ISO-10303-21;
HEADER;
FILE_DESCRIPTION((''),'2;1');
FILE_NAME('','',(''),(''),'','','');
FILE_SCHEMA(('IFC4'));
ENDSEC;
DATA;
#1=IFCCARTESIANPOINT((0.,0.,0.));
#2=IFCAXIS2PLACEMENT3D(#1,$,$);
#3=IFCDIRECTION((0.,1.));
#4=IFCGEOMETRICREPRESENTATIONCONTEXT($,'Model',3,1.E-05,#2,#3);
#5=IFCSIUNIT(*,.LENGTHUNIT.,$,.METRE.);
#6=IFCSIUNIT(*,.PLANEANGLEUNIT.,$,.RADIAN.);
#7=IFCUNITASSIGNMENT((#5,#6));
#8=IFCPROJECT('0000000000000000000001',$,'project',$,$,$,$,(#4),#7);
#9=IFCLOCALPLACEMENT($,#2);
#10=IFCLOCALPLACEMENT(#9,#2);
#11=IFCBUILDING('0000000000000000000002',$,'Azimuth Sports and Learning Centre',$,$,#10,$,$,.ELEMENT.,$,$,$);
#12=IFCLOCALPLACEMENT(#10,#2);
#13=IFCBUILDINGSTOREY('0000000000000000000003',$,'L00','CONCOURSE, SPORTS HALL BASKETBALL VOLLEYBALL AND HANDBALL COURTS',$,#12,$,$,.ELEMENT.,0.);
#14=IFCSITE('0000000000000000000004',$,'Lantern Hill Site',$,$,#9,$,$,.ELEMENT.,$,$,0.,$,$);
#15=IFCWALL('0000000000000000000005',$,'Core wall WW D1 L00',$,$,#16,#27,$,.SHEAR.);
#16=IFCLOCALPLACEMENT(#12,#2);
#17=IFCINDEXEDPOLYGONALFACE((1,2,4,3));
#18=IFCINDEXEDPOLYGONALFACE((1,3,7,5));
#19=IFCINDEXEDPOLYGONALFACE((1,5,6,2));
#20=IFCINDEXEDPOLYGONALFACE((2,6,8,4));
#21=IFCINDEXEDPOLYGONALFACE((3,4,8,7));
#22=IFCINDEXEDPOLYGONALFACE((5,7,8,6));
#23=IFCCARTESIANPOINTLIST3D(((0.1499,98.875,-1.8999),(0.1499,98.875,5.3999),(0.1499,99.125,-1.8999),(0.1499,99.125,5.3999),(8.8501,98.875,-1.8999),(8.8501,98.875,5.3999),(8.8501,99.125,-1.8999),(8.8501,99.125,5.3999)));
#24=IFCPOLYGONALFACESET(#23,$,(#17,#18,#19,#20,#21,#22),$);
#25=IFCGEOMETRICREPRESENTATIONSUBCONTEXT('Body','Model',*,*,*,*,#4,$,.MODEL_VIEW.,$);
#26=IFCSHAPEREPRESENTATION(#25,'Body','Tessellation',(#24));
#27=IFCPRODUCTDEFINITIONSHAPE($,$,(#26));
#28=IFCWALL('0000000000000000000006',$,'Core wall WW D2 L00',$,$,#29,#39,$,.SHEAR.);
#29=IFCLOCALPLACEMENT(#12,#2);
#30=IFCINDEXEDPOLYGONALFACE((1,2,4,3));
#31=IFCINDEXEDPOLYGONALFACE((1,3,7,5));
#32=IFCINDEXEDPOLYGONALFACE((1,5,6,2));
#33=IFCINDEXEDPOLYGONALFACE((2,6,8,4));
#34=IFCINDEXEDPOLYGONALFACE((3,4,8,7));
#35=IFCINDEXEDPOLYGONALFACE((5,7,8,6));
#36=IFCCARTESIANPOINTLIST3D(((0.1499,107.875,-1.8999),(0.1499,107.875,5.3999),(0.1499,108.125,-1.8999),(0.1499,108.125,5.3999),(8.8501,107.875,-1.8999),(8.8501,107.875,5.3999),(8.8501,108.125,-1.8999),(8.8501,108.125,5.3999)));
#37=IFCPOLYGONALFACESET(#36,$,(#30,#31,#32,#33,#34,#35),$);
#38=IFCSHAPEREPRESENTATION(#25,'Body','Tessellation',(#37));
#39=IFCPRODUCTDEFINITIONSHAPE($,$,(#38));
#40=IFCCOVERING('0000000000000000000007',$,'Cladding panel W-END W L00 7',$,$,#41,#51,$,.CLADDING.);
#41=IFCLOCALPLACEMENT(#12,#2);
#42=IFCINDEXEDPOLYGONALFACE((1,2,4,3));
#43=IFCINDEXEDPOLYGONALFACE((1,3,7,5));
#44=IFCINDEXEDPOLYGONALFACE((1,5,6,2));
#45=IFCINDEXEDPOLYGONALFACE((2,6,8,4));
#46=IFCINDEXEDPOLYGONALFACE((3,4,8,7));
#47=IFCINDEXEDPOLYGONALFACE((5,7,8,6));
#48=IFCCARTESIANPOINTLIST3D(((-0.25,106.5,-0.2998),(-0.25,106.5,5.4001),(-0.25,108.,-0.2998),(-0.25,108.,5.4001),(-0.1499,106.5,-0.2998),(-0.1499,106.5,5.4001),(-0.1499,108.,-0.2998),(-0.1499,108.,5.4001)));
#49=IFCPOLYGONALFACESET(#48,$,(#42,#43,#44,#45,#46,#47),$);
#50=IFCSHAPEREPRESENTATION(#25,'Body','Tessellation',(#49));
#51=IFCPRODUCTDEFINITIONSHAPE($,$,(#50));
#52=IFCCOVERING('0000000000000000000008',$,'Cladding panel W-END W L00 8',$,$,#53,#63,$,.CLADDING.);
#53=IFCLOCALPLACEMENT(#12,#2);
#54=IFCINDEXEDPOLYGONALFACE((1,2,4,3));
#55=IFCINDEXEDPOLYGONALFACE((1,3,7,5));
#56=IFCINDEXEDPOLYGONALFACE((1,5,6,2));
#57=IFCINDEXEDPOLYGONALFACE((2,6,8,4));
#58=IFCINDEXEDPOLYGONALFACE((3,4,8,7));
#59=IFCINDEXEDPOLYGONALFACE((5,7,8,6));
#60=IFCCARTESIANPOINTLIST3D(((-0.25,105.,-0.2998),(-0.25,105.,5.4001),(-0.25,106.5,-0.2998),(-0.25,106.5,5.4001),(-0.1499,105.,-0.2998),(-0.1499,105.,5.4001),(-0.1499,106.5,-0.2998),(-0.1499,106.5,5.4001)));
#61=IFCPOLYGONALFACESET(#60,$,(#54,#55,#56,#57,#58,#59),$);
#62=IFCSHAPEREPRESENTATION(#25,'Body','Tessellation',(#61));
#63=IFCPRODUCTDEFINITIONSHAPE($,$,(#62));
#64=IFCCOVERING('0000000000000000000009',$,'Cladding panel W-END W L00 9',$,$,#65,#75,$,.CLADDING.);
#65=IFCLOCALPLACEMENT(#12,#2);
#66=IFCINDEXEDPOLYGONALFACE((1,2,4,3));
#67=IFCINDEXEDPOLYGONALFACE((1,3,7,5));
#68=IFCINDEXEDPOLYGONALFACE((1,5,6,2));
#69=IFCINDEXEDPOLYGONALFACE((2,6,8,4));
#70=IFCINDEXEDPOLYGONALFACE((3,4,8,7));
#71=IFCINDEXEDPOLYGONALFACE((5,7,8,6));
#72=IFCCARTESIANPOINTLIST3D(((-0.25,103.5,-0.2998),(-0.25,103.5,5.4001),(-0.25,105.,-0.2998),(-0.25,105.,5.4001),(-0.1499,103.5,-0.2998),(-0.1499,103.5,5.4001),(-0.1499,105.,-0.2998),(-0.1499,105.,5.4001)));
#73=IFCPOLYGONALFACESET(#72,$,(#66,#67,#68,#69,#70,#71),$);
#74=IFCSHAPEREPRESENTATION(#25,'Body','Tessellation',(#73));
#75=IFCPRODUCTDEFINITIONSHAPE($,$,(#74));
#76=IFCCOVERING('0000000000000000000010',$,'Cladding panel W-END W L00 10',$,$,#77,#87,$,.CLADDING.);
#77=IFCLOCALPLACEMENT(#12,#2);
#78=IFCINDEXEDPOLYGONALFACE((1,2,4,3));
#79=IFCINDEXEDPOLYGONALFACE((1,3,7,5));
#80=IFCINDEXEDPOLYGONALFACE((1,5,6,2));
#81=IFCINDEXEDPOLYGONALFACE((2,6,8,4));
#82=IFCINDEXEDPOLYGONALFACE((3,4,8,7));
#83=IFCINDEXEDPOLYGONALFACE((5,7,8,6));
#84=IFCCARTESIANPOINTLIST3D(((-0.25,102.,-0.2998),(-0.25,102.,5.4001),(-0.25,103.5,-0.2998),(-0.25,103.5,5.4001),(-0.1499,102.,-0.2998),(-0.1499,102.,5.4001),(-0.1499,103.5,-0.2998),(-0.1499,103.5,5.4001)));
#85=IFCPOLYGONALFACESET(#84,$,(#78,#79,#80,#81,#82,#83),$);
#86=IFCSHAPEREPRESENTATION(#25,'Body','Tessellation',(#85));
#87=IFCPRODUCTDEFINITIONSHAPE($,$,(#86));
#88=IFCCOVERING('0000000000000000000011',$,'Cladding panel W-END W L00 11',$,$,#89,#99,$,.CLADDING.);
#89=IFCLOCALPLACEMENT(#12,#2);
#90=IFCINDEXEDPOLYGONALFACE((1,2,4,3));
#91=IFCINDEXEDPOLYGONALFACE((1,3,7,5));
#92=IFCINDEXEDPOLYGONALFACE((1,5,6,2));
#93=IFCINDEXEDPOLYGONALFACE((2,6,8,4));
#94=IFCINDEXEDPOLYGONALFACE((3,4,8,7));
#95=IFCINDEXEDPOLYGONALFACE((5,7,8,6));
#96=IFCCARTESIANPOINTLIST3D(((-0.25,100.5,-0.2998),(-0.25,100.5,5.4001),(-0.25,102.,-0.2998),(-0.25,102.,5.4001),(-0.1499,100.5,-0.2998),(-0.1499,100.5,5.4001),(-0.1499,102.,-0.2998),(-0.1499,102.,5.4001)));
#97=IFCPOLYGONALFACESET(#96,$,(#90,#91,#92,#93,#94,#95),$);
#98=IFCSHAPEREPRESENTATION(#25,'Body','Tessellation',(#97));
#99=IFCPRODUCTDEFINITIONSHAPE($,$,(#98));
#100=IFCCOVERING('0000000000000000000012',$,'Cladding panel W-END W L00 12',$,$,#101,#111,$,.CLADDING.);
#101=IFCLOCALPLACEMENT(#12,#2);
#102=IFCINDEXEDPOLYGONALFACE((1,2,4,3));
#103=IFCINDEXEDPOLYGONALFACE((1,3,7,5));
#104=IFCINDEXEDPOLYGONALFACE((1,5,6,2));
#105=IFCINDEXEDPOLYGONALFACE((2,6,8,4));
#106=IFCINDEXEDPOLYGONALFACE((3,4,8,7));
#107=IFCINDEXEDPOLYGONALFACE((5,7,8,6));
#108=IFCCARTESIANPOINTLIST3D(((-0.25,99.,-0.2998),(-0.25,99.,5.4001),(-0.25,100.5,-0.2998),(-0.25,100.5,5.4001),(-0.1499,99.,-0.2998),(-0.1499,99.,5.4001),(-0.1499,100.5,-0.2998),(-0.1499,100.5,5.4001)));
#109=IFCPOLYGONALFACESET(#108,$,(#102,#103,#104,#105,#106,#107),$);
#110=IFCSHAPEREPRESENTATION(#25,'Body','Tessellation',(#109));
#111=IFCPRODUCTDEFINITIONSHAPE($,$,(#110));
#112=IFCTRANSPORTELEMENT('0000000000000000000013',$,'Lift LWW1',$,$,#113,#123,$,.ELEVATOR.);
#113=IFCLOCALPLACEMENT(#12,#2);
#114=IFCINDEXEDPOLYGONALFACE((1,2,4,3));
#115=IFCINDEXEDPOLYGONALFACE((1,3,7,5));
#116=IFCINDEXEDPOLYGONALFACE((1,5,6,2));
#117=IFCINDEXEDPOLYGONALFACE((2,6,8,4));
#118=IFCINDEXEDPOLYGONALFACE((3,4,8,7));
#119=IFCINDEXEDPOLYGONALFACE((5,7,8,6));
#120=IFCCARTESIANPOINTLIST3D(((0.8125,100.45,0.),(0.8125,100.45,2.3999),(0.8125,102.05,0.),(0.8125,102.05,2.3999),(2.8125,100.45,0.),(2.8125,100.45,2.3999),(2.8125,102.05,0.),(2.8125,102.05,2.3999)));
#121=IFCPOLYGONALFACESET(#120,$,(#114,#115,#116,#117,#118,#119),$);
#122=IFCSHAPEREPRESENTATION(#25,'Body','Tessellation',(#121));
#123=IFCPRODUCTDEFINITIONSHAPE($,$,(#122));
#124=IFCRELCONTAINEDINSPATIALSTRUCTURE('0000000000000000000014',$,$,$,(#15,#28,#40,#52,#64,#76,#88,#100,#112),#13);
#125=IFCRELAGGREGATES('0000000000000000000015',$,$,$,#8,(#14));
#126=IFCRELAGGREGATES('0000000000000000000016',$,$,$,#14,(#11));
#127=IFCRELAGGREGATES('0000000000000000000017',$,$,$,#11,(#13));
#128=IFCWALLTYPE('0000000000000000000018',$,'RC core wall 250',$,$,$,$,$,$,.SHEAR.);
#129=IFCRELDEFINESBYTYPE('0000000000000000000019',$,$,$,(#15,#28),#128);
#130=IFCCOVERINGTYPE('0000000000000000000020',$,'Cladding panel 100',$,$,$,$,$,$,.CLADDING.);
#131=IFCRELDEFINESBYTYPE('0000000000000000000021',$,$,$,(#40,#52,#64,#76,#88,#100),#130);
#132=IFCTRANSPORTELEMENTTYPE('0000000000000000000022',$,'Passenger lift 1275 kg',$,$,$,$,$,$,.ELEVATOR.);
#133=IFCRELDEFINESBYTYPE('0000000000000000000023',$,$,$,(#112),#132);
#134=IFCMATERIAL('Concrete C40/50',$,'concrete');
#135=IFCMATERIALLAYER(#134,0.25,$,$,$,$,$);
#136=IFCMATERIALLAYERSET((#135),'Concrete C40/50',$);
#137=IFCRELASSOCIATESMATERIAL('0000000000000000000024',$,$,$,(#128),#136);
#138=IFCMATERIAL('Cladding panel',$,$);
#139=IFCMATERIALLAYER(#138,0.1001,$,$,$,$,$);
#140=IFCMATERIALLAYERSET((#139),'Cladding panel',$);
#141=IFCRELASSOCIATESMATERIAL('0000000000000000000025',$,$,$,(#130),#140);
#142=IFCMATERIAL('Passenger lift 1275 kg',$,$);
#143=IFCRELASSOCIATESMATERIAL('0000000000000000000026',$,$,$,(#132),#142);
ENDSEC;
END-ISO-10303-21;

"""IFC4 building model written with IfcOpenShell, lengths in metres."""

from ifc_helpers import new_model, si_unit, direction, frame, frame_2d, origin, origin_2d, place, context, subcontext, project, spatial, rectangle, extrude, material, layer, layer_set, type_object, element, save


model = new_model("IFC4")

# Units and contexts
model_context = context("Model", 3, precision=1e-05, world=origin(), true_north=direction((0.0, 1.0)))
body_context = subcontext(model_context, "Body", "Model", "MODEL_VIEW")
ifc_project = project(units=[si_unit("LENGTHUNIT", "METRE"), si_unit("PLANEANGLEUNIT", "RADIAN")], contexts=[model_context])

# Site, building, storey
site_placement = place(None, origin())
site = spatial("IfcSite", under=ifc_project, at=site_placement, Name="Lantern Hill Site", CompositionType="ELEMENT", RefElevation=0.0)
building_placement = place(site_placement, origin())
building = spatial("IfcBuilding", under=site, at=building_placement, Name="Azimuth Sports and Learning Centre", CompositionType="ELEMENT")
storey_placement = place(building_placement, origin())
storey = spatial("IfcBuildingStorey", under=building, at=storey_placement, Name="L00", Description="CONCOURSE, SPORTS HALL BASKETBALL VOLLEYBALL AND HANDBALL COURTS", CompositionType="ELEMENT", Elevation=0.0)

# Walls
ifc_material_1 = material(Name="Concrete C40/50", Category="concrete")
ifc_layer_1 = layer(ifc_material_1, 0.25)
ifc_layer_set_1 = layer_set([ifc_layer_1], Name="Concrete C40/50")
wall_type_1 = type_object("IfcWallType", Name="RC core wall 250", PredefinedType="SHEAR", material=ifc_layer_set_1)
for number, where, z_axis, x_axis, name in (
    (1, (0.1499, 99.0, -1.8999), (0.0, 0.0, 1.0), (1.0, 0.0, 0.0), "Core wall WW D1 L00"),
    (2, (0.1499, 108.0, -1.8999), (0.0, 0.0, 1.0), (1.0, 0.0, 0.0), "Core wall WW D2 L00"),
):
    element("IfcWall", number, at=place(storey_placement, frame(where, z_axis=z_axis, x_axis=x_axis)), inside=storey, type_object=wall_type_1, Name=name, PredefinedType="SHEAR", context=body_context, shape_type="SweptSolid", body=[
        extrude(rectangle(XDim=8.7002, YDim=0.25, at=frame_2d((4.3501, 0.0))), origin(), (0.0, 0.0, 1.0), 7.2998),
    ])

# Coverings
ifc_material_2 = material(Name="Cladding panel")
ifc_layer_2 = layer(ifc_material_2, 0.1001)
ifc_layer_set_2 = layer_set([ifc_layer_2], Name="Cladding panel")
covering_type = type_object("IfcCoveringType", Name="Cladding panel 100", PredefinedType="CLADDING", material=ifc_layer_set_2)
for number, where, z_axis, x_axis, name in (
    (3, (-0.2, 107.25, -0.2998), (0.0, 0.0, 1.0), (0.0, -1.0, 0.0), "Cladding panel W-END W L00 7"),
    (4, (-0.2, 105.75, -0.2998), (0.0, 0.0, 1.0), (0.0, -1.0, 0.0), "Cladding panel W-END W L00 8"),
    (5, (-0.2, 104.25, -0.2998), (0.0, 0.0, 1.0), (0.0, -1.0, 0.0), "Cladding panel W-END W L00 9"),
    (6, (-0.2, 102.75, -0.2998), (0.0, 0.0, 1.0), (0.0, -1.0, 0.0), "Cladding panel W-END W L00 10"),
    (7, (-0.2, 101.25, -0.2998), (0.0, 0.0, 1.0), (0.0, -1.0, 0.0), "Cladding panel W-END W L00 11"),
    (8, (-0.2, 99.75, -0.2998), (0.0, 0.0, 1.0), (0.0, -1.0, 0.0), "Cladding panel W-END W L00 12"),
):
    element("IfcCovering", number, at=place(storey_placement, frame(where, z_axis=z_axis, x_axis=x_axis)), inside=storey, type_object=covering_type, Name=name, PredefinedType="CLADDING", context=body_context, shape_type="SweptSolid", body=[
        extrude(rectangle(XDim=1.5, YDim=0.1001, at=origin_2d()), origin(), (0.0, 0.0, 1.0), 5.7),
    ])

# Transport element
ifc_material_3 = material(Name="Passenger lift 1275 kg")
transport_element_type = type_object("IfcTransportElementType", Name="Passenger lift 1275 kg", PredefinedType="ELEVATOR", material=ifc_material_3)
transport_element_placement = place(storey_placement, frame((1.8125, 101.25, 0.0), z_axis=(0.0, 0.0, 1.0), x_axis=(1.0, 0.0, 0.0)))
element("IfcTransportElement", 9, at=transport_element_placement, inside=storey, type_object=transport_element_type, Name="Lift LWW1", PredefinedType="ELEVATOR", context=body_context, shape_type="SweptSolid", body=[
    extrude(rectangle(XDim=2.0, YDim=1.6001, at=origin_2d()), origin(), (0.0, 0.0, 1.0), 2.3999),
])

save(model, "model.ifc")
